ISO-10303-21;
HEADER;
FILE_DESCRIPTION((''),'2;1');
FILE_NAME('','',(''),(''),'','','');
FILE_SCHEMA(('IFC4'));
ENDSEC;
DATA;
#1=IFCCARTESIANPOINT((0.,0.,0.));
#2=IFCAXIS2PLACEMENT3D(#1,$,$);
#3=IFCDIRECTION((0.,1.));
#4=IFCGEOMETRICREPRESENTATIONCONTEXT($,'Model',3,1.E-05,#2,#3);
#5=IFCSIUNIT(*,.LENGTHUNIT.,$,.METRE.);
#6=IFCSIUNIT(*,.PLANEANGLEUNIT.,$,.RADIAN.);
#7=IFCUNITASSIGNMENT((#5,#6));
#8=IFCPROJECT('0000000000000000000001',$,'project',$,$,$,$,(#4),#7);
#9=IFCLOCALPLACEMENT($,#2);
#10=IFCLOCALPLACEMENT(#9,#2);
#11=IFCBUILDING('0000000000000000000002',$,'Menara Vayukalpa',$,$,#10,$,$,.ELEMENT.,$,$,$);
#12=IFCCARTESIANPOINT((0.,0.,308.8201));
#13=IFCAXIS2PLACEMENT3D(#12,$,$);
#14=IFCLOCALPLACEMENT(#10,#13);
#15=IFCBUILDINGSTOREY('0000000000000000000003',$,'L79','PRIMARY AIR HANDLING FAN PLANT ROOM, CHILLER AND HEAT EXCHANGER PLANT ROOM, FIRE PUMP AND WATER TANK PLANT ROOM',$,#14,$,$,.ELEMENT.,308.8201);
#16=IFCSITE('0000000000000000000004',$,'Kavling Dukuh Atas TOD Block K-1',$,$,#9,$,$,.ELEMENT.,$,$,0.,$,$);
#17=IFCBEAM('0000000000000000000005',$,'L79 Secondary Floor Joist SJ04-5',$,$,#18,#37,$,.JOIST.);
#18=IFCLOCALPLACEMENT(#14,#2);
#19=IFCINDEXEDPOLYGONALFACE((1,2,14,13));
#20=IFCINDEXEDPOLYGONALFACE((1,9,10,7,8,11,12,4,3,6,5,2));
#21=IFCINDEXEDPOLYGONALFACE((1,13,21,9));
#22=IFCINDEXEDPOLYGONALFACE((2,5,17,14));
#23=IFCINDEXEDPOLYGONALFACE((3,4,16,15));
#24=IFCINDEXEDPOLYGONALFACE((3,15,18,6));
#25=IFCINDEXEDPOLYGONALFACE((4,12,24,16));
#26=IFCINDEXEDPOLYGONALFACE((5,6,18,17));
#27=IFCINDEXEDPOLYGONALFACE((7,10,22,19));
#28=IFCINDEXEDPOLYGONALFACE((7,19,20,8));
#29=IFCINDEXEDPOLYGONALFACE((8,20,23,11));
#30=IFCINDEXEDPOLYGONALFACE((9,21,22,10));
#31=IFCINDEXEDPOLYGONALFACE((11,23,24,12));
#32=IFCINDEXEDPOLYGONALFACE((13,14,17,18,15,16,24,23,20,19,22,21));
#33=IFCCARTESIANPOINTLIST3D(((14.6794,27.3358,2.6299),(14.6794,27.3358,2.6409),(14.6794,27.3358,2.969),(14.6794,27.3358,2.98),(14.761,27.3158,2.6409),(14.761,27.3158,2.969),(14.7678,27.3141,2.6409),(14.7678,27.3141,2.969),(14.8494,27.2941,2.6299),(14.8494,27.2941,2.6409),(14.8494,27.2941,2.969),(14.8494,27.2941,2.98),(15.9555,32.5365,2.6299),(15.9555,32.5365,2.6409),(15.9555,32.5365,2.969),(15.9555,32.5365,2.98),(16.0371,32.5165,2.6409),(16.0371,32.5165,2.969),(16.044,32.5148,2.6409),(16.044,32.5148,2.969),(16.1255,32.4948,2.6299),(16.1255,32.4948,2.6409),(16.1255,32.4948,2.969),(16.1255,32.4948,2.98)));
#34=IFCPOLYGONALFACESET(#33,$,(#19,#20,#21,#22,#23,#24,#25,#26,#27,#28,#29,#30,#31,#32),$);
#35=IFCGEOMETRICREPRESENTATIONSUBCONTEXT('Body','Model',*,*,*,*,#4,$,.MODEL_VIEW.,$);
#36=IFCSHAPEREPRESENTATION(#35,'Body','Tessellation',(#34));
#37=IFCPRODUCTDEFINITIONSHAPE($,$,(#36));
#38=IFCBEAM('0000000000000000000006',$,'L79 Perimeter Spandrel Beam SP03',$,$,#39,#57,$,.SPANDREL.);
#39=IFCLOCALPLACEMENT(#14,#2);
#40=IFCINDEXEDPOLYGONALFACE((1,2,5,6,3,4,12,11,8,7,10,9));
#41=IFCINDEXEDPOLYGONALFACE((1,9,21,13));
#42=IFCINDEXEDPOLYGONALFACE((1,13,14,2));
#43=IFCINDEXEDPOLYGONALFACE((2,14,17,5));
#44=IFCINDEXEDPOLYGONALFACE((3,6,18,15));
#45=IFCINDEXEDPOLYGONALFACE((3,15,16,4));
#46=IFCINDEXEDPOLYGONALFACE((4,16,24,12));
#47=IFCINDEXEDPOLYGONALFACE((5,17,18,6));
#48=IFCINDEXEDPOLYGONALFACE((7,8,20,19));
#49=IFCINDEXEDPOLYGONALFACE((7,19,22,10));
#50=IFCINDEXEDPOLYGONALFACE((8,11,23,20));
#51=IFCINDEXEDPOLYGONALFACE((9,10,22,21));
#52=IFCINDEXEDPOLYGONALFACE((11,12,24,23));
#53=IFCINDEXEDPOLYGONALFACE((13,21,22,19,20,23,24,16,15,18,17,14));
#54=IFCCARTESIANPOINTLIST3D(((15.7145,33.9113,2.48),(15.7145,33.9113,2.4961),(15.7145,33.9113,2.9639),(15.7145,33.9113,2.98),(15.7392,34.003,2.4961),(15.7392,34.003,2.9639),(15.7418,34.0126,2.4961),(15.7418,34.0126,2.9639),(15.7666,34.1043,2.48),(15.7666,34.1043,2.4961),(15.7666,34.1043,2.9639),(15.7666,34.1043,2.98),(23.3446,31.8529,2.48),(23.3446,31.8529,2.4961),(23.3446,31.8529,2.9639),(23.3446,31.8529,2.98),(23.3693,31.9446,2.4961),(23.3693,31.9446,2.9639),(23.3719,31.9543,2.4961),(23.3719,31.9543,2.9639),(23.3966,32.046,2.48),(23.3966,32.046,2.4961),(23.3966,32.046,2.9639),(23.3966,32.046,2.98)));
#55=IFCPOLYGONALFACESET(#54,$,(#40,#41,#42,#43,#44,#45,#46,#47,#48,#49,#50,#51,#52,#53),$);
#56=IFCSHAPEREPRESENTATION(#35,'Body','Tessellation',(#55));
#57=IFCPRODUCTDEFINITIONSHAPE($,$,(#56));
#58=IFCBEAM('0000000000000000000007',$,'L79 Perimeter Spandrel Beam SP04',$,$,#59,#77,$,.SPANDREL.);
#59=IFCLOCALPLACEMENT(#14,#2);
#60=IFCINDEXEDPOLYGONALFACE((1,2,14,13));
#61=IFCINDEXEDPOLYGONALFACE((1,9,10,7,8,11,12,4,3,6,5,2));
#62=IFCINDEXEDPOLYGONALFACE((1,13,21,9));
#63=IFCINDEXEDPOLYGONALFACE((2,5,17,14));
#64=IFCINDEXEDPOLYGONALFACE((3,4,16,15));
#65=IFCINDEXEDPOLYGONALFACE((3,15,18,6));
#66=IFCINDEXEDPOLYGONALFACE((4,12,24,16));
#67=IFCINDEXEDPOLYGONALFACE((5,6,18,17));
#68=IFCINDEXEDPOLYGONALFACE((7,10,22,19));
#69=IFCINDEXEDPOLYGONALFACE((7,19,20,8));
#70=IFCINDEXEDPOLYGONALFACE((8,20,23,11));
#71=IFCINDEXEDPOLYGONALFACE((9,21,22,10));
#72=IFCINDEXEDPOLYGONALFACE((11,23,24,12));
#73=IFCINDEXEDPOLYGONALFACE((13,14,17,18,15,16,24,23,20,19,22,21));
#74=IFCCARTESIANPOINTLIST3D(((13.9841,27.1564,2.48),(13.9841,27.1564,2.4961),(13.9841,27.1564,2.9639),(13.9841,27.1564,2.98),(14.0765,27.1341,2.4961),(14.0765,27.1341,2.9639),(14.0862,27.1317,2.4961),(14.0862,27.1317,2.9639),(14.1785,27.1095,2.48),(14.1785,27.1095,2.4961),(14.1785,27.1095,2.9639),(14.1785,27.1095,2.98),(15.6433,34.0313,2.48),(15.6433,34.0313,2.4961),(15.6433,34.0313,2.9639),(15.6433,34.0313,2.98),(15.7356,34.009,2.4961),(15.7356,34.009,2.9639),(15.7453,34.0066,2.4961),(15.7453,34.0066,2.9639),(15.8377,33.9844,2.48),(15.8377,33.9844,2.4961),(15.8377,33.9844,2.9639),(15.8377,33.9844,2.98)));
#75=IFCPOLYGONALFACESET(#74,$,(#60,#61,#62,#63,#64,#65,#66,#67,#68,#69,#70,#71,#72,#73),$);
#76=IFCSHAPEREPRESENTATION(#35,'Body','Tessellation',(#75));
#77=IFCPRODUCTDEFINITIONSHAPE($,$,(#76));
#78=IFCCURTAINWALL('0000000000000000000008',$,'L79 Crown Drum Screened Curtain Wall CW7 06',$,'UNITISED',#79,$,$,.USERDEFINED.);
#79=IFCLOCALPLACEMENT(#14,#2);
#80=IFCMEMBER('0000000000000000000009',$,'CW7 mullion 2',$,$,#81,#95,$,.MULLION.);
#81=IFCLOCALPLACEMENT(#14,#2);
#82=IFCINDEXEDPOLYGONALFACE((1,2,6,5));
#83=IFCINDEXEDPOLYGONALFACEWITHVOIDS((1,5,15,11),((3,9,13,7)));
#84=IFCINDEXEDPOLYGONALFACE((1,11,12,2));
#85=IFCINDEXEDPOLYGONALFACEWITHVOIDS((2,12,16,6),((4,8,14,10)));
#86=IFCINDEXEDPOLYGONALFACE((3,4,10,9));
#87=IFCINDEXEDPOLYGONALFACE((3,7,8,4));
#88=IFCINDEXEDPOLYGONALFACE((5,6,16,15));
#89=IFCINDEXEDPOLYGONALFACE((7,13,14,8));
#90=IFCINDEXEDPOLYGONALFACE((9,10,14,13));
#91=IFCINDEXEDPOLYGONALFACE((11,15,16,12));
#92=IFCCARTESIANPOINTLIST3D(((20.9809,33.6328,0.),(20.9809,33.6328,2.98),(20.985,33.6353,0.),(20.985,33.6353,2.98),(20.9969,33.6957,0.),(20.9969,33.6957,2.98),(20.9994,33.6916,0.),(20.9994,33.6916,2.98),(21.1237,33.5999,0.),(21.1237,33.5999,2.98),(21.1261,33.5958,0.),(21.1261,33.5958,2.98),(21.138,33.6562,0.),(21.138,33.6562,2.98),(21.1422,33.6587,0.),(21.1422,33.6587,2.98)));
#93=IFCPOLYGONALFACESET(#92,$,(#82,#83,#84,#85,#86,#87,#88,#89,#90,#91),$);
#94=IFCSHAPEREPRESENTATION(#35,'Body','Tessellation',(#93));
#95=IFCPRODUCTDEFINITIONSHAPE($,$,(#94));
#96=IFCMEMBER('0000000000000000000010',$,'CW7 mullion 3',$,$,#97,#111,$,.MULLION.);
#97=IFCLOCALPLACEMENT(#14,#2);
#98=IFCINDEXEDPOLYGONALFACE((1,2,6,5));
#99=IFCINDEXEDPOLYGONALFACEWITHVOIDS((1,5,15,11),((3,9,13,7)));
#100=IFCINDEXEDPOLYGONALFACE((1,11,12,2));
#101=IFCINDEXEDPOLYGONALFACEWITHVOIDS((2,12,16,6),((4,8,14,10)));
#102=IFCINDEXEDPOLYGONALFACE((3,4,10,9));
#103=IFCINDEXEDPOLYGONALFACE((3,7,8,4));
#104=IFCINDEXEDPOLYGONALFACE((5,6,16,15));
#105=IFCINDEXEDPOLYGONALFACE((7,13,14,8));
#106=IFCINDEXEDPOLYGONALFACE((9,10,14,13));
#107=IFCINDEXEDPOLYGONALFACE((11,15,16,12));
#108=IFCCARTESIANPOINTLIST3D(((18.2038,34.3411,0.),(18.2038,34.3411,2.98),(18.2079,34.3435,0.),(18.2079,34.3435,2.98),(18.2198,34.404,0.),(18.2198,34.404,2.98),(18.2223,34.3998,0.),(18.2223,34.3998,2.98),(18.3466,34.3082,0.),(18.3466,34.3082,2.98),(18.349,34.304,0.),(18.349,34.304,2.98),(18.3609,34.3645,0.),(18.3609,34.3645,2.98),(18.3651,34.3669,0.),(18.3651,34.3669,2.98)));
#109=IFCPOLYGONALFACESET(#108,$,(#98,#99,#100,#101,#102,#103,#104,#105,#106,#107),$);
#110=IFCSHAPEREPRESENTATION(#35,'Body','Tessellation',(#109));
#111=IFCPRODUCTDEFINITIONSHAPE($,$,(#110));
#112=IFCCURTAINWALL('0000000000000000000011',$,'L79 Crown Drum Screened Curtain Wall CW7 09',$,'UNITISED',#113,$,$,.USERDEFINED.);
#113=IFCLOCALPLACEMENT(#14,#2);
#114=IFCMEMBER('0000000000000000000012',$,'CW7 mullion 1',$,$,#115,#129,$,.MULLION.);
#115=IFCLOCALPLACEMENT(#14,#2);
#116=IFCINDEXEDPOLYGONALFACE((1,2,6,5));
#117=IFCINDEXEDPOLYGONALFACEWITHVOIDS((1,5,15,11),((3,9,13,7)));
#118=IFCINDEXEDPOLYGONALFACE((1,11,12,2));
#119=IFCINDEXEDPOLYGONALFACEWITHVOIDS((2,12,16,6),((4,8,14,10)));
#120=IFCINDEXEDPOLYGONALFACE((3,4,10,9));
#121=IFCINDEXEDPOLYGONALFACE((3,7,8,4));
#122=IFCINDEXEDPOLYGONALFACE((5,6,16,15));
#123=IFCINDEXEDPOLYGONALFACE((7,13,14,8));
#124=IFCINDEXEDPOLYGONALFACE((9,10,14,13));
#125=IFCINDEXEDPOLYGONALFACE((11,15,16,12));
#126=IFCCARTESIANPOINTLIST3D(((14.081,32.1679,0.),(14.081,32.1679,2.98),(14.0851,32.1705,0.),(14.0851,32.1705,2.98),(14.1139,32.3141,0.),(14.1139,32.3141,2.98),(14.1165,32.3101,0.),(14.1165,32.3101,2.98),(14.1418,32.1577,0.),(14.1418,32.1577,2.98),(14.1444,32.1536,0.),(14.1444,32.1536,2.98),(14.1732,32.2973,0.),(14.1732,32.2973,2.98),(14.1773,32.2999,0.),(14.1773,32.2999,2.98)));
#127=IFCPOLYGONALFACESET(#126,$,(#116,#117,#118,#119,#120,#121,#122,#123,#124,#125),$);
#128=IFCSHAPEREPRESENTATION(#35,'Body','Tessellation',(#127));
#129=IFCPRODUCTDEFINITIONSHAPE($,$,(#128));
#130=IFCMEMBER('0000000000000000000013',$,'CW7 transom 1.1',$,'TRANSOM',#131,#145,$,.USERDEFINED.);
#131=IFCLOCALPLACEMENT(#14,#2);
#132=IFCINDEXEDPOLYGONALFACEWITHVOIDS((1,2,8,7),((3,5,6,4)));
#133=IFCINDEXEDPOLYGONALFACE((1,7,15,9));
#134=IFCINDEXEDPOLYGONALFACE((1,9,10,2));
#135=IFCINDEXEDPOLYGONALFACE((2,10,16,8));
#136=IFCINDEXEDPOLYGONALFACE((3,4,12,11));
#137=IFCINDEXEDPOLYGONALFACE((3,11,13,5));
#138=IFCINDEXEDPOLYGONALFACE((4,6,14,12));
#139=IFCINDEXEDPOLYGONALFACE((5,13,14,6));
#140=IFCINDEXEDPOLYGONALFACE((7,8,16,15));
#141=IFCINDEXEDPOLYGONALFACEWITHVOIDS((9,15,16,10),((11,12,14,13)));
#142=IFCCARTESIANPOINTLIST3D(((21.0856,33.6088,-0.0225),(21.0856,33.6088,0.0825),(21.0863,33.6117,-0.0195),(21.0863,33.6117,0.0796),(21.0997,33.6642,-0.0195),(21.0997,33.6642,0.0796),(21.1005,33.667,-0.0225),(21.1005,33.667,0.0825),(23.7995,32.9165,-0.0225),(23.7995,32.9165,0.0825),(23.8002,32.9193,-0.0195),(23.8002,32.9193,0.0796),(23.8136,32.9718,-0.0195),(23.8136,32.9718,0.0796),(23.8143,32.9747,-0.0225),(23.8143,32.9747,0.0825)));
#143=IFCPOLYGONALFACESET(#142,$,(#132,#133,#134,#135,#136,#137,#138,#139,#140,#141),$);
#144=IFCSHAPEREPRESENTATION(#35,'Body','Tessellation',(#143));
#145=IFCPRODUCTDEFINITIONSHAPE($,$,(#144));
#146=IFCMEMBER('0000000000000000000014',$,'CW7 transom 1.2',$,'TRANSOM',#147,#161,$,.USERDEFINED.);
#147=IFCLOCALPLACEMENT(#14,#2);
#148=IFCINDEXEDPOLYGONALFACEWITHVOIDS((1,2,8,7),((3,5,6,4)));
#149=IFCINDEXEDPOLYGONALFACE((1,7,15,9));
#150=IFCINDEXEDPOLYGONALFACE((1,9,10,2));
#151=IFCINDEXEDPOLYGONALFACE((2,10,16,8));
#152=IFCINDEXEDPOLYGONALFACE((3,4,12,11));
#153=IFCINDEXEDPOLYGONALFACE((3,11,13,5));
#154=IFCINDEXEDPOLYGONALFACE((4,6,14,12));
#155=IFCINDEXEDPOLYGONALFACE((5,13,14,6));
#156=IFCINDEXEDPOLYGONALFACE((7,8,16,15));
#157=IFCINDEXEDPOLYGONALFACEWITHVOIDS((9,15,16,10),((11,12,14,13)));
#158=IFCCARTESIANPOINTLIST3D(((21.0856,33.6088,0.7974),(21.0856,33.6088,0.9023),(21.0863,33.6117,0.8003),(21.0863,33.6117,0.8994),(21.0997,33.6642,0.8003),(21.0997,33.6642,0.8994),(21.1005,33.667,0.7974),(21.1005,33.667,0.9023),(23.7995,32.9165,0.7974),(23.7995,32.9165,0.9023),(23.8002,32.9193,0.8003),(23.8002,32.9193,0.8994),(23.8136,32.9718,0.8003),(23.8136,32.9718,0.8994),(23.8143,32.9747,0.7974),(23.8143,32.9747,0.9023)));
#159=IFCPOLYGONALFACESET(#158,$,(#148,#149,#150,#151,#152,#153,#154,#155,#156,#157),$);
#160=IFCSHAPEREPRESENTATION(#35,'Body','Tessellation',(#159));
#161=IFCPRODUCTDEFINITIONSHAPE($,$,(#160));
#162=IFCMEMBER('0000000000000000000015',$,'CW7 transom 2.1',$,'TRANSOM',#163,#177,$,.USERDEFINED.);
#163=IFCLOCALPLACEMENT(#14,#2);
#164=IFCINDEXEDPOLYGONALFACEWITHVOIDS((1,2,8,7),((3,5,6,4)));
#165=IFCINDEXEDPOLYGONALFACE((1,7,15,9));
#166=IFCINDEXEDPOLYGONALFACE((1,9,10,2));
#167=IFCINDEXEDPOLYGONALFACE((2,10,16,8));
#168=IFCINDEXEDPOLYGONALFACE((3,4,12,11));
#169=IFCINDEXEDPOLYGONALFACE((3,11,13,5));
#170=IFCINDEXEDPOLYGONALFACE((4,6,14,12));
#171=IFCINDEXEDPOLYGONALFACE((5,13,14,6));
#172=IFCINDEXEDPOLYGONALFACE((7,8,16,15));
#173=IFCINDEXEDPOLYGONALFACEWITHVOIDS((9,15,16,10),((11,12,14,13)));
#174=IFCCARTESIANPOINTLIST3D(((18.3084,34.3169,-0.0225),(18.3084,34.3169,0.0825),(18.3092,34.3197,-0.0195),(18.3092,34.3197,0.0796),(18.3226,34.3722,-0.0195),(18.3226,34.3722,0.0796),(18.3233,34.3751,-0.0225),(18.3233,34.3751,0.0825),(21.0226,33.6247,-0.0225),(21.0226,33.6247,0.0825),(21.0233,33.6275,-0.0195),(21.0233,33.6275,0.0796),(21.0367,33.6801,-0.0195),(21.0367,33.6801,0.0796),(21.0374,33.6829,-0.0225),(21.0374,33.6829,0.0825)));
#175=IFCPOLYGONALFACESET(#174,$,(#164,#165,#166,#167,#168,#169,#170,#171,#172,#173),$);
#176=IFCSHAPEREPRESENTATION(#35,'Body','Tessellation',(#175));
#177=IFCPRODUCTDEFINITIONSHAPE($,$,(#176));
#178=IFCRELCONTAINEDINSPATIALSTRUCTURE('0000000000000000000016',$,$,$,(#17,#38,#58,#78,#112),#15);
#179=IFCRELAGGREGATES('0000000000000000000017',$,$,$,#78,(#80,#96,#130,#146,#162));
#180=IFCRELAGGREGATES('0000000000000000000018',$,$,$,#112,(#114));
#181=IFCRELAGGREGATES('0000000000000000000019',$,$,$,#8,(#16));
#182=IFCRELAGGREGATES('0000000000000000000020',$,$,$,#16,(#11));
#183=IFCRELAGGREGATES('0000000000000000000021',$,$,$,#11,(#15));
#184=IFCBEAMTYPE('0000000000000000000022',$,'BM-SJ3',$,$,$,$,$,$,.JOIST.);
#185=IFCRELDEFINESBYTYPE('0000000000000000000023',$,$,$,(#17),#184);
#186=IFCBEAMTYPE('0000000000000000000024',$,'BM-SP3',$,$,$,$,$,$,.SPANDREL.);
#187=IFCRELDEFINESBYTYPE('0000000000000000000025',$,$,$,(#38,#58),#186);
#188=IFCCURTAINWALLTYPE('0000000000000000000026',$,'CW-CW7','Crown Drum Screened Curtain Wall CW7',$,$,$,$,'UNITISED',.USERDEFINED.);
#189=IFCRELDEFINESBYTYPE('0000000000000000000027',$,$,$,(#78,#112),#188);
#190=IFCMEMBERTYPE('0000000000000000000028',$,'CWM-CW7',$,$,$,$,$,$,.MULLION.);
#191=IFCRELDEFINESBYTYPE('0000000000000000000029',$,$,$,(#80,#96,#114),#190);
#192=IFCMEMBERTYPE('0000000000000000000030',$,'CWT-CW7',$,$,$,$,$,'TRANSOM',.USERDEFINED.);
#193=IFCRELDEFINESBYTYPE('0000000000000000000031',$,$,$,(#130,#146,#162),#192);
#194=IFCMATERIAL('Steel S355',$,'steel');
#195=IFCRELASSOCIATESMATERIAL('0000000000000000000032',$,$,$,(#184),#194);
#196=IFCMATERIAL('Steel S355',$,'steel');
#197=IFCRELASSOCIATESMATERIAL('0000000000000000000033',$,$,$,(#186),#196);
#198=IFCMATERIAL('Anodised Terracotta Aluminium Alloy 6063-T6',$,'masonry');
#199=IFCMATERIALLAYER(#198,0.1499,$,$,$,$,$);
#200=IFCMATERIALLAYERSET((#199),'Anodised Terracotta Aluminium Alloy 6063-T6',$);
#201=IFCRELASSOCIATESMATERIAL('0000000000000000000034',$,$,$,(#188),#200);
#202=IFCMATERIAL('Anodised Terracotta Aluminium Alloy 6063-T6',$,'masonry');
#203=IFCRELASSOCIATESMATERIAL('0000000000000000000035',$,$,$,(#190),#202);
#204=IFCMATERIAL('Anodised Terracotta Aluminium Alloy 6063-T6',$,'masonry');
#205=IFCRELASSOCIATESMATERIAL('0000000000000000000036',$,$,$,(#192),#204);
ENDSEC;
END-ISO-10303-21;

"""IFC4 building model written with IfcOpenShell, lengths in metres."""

from ifc_helpers import new_model, si_unit, direction, frame, origin, origin_2d, place, context, subcontext, project, spatial, hollow_rectangle, i_section, extrude, material, layer, layer_set, material_profile, profile_set, type_object, element, aggregate, save


model = new_model("IFC4")

# Units and contexts
model_context = context("Model", 3, precision=1e-05, world=origin(), true_north=direction((0.0, 1.0)))
body_context = subcontext(model_context, "Body", "Model", "MODEL_VIEW")
ifc_project = project(units=[si_unit("LENGTHUNIT", "METRE"), si_unit("PLANEANGLEUNIT", "RADIAN")], contexts=[model_context])

# Site, building, storey
site_placement = place(None, origin())
site = spatial("IfcSite", under=ifc_project, at=site_placement, Name="Kavling Dukuh Atas TOD Block K-1", CompositionType="ELEMENT", RefElevation=0.0)
building_placement = place(site_placement, origin())
building = spatial("IfcBuilding", under=site, at=building_placement, Name="Menara Vayukalpa", CompositionType="ELEMENT")
storey_placement = place(building_placement, frame((0.0, 0.0, 308.8201)))
storey = spatial("IfcBuildingStorey", under=building, at=storey_placement, Name="L79", Description="PRIMARY AIR HANDLING FAN PLANT ROOM, CHILLER AND HEAT EXCHANGER PLANT ROOM, FIRE PUMP AND WATER TANK PLANT ROOM", CompositionType="ELEMENT", Elevation=308.8201)

# Beams
ifc_material_1 = material(Name="Steel S355", Category="steel")
ifc_material_profile_1 = material_profile(ifc_material_1, i_section(OverallWidth=0.175, OverallDepth=0.3501, WebThickness=0.0071, FlangeThickness=0.011, at=origin_2d()), Name="WF 350x175x7x11")
ifc_profile_set_1 = profile_set([ifc_material_profile_1], Name="Steel S355")
beam_type_1 = type_object("IfcBeamType", Name="BM-SJ3", PredefinedType="JOIST", material=ifc_profile_set_1)
beam_1_placement = place(storey_placement, frame((16.0405, 32.5156, 2.8049), z_axis=(-0.238307, -0.97119, 0.0), x_axis=(0.97119, -0.238307, 0.0)))
element("IfcBeam", 1, at=beam_1_placement, inside=storey, type_object=beam_type_1, Name="L79 Secondary Floor Joist SJ04-5", PredefinedType="JOIST", context=body_context, shape_type="SweptSolid", body=[
    extrude(i_section(OverallWidth=0.175, OverallDepth=0.3501, WebThickness=0.0071, FlangeThickness=0.011, at=origin_2d()), origin(), (0.0, 0.0, 1.0), 5.355),
])
ifc_material_2 = material(Name="Steel S355", Category="steel")
ifc_material_profile_2 = material_profile(ifc_material_2, i_section(OverallWidth=0.2, OverallDepth=0.5, WebThickness=0.01, FlangeThickness=0.0161, at=origin_2d()), Name="WF 500x200x10x16")
ifc_profile_set_2 = profile_set([ifc_material_profile_2], Name="Steel S355")
beam_type_2 = type_object("IfcBeamType", Name="BM-SP3", PredefinedType="SPANDREL", material=ifc_profile_set_2)
beam_2_placement = place(storey_placement, frame((23.3706, 31.9495, 2.73), z_axis=(-0.965486, 0.260455, 0.0), x_axis=(-0.260455, -0.965486, 0.0)))
element("IfcBeam", 2, at=beam_2_placement, inside=storey, type_object=beam_type_2, Name="L79 Perimeter Spandrel Beam SP03", PredefinedType="SPANDREL", context=body_context, shape_type="SweptSolid", body=[
    extrude(i_section(OverallWidth=0.2, OverallDepth=0.5, WebThickness=0.01, FlangeThickness=0.0161, at=origin_2d()), origin(), (0.0, 0.0, 1.0), 7.9028),
])
beam_3_placement = place(storey_placement, frame((15.7405, 34.0078, 2.73), z_axis=(-0.2346, -0.972092, 0.0), x_axis=(0.972092, -0.2346, 0.0)))
element("IfcBeam", 3, at=beam_3_placement, inside=storey, type_object=beam_type_2, Name="L79 Perimeter Spandrel Beam SP04", PredefinedType="SPANDREL", context=body_context, shape_type="SweptSolid", body=[
    extrude(i_section(OverallWidth=0.2, OverallDepth=0.5, WebThickness=0.01, FlangeThickness=0.0161, at=origin_2d()), origin(), (0.0, 0.0, 1.0), 7.0723),
])

# Curtain wall, members
ifc_material_3 = material(Name="Anodised Terracotta Aluminium Alloy 6063-T6", Category="masonry")
ifc_layer_1 = layer(ifc_material_3, 0.1499)
ifc_layer_set_1 = layer_set([ifc_layer_1], Name="Anodised Terracotta Aluminium Alloy 6063-T6")
curtain_wall_type = type_object("IfcCurtainWallType", Name="CW-CW7", Description="Crown Drum Screened Curtain Wall CW7", ElementType="UNITISED", PredefinedType="USERDEFINED", material=ifc_layer_set_1)
curtain_wall_1_placement = place(storey_placement, origin())
curtain_wall_1 = element("IfcCurtainWall", 4, at=curtain_wall_1_placement, inside=storey, type_object=curtain_wall_type, Name="L79 Crown Drum Screened Curtain Wall CW7 06", ObjectType="UNITISED", PredefinedType="USERDEFINED")
ifc_material_4 = material(Name="Anodised Terracotta Aluminium Alloy 6063-T6", Category="masonry")
ifc_material_profile_3 = material_profile(ifc_material_4, hollow_rectangle(XDim=0.0649, YDim=0.1499, WallThickness=0.0034, at=origin_2d()), Name="ALU 65x150x3.5")
ifc_profile_set_3 = profile_set([ifc_material_profile_3], Name="Anodised Terracotta Aluminium Alloy 6063-T6")
member_type_1 = type_object("IfcMemberType", Name="CWM-CW7", PredefinedType="MULLION", material=ifc_profile_set_3)
member_1_placement = place(storey_placement, frame((21.0615, 33.6458, 0.0), z_axis=(0.0, 0.0, 1.0), x_axis=(-0.247124, -0.968984, 0.0)))
member_1 = element("IfcMember", 5, at=member_1_placement, type_object=member_type_1, Name="CW7 mullion 2", PredefinedType="MULLION", context=body_context, shape_type="SweptSolid", body=[
    extrude(hollow_rectangle(XDim=0.0649, YDim=0.1499, WallThickness=0.0034, at=origin_2d()), origin(), (0.0, 0.0, 1.0), 2.98),
])
member_2_placement = place(storey_placement, frame((18.2844, 34.354, 0.0), z_axis=(0.0, 0.0, 1.0), x_axis=(-0.247124, -0.968984, 0.0)))
member_2 = element("IfcMember", 6, at=member_2_placement, type_object=member_type_1, Name="CW7 mullion 3", PredefinedType="MULLION", context=body_context, shape_type="SweptSolid", body=[
    extrude(hollow_rectangle(XDim=0.0649, YDim=0.1499, WallThickness=0.0034, at=origin_2d()), origin(), (0.0, 0.0, 1.0), 2.98),
])

# Curtain wall, member
curtain_wall_2_placement = place(storey_placement, origin())
curtain_wall_2 = element("IfcCurtainWall", 7, at=curtain_wall_2_placement, inside=storey, type_object=curtain_wall_type, Name="L79 Crown Drum Screened Curtain Wall CW7 09", ObjectType="UNITISED", PredefinedType="USERDEFINED")
member_3_placement = place(storey_placement, frame((14.1292, 32.2339, 0.0), z_axis=(0.0, 0.0, 1.0), x_axis=(0.975609, -0.219516, 0.0)))
member_3 = element("IfcMember", 8, at=member_3_placement, type_object=member_type_1, Name="CW7 mullion 1", PredefinedType="MULLION", context=body_context, shape_type="SweptSolid", body=[
    extrude(hollow_rectangle(XDim=0.0649, YDim=0.1499, WallThickness=0.0034, at=origin_2d()), origin(), (0.0, 0.0, 1.0), 2.98),
])

# Members
ifc_material_5 = material(Name="Anodised Terracotta Aluminium Alloy 6063-T6", Category="masonry")
ifc_material_profile_4 = material_profile(ifc_material_5, hollow_rectangle(XDim=0.0601, YDim=0.105, WallThickness=0.0029, at=origin_2d()), Name="ALU 60x105x3")
ifc_profile_set_4 = profile_set([ifc_material_profile_4], Name="Anodised Terracotta Aluminium Alloy 6063-T6")
member_type_2 = type_object("IfcMemberType", Name="CWT-CW7", ElementType="TRANSOM", PredefinedType="USERDEFINED", material=ifc_profile_set_4)
member_4_placement = place(storey_placement, frame((23.8069, 32.9456, 0.03), z_axis=(-0.968962, 0.247209, 0.0), x_axis=(-0.247209, -0.968962, 0.0)))
member_4 = element("IfcMember", 9, at=member_4_placement, type_object=member_type_2, Name="CW7 transom 1.1", ObjectType="TRANSOM", PredefinedType="USERDEFINED", context=body_context, shape_type="SweptSolid", body=[
    extrude(hollow_rectangle(XDim=0.0601, YDim=0.105, WallThickness=0.0029, at=origin_2d()), origin(), (0.0, 0.0, 1.0), 2.8008),
])
member_5_placement = place(storey_placement, frame((23.8069, 32.9456, 0.8499), z_axis=(-0.968962, 0.247209, 0.0), x_axis=(-0.247209, -0.968962, 0.0)))
member_5 = element("IfcMember", 10, at=member_5_placement, type_object=member_type_2, Name="CW7 transom 1.2", ObjectType="TRANSOM", PredefinedType="USERDEFINED", context=body_context, shape_type="SweptSolid", body=[
    extrude(hollow_rectangle(XDim=0.0601, YDim=0.105, WallThickness=0.0029, at=origin_2d()), origin(), (0.0, 0.0, 1.0), 2.8008),
])
member_6_placement = place(storey_placement, frame((21.03, 33.6538, 0.03), z_axis=(-0.968988, 0.247106, 0.0), x_axis=(-0.247106, -0.968988, 0.0)))
member_6 = element("IfcMember", 11, at=member_6_placement, type_object=member_type_2, Name="CW7 transom 2.1", ObjectType="TRANSOM", PredefinedType="USERDEFINED", context=body_context, shape_type="SweptSolid", body=[
    extrude(hollow_rectangle(XDim=0.0601, YDim=0.105, WallThickness=0.0029, at=origin_2d()), origin(), (0.0, 0.0, 1.0), 2.801),
])

aggregate(curtain_wall_1, [member_1, member_2, member_4, member_5, member_6])
aggregate(curtain_wall_2, [member_3])

save(model, "model.ifc")
